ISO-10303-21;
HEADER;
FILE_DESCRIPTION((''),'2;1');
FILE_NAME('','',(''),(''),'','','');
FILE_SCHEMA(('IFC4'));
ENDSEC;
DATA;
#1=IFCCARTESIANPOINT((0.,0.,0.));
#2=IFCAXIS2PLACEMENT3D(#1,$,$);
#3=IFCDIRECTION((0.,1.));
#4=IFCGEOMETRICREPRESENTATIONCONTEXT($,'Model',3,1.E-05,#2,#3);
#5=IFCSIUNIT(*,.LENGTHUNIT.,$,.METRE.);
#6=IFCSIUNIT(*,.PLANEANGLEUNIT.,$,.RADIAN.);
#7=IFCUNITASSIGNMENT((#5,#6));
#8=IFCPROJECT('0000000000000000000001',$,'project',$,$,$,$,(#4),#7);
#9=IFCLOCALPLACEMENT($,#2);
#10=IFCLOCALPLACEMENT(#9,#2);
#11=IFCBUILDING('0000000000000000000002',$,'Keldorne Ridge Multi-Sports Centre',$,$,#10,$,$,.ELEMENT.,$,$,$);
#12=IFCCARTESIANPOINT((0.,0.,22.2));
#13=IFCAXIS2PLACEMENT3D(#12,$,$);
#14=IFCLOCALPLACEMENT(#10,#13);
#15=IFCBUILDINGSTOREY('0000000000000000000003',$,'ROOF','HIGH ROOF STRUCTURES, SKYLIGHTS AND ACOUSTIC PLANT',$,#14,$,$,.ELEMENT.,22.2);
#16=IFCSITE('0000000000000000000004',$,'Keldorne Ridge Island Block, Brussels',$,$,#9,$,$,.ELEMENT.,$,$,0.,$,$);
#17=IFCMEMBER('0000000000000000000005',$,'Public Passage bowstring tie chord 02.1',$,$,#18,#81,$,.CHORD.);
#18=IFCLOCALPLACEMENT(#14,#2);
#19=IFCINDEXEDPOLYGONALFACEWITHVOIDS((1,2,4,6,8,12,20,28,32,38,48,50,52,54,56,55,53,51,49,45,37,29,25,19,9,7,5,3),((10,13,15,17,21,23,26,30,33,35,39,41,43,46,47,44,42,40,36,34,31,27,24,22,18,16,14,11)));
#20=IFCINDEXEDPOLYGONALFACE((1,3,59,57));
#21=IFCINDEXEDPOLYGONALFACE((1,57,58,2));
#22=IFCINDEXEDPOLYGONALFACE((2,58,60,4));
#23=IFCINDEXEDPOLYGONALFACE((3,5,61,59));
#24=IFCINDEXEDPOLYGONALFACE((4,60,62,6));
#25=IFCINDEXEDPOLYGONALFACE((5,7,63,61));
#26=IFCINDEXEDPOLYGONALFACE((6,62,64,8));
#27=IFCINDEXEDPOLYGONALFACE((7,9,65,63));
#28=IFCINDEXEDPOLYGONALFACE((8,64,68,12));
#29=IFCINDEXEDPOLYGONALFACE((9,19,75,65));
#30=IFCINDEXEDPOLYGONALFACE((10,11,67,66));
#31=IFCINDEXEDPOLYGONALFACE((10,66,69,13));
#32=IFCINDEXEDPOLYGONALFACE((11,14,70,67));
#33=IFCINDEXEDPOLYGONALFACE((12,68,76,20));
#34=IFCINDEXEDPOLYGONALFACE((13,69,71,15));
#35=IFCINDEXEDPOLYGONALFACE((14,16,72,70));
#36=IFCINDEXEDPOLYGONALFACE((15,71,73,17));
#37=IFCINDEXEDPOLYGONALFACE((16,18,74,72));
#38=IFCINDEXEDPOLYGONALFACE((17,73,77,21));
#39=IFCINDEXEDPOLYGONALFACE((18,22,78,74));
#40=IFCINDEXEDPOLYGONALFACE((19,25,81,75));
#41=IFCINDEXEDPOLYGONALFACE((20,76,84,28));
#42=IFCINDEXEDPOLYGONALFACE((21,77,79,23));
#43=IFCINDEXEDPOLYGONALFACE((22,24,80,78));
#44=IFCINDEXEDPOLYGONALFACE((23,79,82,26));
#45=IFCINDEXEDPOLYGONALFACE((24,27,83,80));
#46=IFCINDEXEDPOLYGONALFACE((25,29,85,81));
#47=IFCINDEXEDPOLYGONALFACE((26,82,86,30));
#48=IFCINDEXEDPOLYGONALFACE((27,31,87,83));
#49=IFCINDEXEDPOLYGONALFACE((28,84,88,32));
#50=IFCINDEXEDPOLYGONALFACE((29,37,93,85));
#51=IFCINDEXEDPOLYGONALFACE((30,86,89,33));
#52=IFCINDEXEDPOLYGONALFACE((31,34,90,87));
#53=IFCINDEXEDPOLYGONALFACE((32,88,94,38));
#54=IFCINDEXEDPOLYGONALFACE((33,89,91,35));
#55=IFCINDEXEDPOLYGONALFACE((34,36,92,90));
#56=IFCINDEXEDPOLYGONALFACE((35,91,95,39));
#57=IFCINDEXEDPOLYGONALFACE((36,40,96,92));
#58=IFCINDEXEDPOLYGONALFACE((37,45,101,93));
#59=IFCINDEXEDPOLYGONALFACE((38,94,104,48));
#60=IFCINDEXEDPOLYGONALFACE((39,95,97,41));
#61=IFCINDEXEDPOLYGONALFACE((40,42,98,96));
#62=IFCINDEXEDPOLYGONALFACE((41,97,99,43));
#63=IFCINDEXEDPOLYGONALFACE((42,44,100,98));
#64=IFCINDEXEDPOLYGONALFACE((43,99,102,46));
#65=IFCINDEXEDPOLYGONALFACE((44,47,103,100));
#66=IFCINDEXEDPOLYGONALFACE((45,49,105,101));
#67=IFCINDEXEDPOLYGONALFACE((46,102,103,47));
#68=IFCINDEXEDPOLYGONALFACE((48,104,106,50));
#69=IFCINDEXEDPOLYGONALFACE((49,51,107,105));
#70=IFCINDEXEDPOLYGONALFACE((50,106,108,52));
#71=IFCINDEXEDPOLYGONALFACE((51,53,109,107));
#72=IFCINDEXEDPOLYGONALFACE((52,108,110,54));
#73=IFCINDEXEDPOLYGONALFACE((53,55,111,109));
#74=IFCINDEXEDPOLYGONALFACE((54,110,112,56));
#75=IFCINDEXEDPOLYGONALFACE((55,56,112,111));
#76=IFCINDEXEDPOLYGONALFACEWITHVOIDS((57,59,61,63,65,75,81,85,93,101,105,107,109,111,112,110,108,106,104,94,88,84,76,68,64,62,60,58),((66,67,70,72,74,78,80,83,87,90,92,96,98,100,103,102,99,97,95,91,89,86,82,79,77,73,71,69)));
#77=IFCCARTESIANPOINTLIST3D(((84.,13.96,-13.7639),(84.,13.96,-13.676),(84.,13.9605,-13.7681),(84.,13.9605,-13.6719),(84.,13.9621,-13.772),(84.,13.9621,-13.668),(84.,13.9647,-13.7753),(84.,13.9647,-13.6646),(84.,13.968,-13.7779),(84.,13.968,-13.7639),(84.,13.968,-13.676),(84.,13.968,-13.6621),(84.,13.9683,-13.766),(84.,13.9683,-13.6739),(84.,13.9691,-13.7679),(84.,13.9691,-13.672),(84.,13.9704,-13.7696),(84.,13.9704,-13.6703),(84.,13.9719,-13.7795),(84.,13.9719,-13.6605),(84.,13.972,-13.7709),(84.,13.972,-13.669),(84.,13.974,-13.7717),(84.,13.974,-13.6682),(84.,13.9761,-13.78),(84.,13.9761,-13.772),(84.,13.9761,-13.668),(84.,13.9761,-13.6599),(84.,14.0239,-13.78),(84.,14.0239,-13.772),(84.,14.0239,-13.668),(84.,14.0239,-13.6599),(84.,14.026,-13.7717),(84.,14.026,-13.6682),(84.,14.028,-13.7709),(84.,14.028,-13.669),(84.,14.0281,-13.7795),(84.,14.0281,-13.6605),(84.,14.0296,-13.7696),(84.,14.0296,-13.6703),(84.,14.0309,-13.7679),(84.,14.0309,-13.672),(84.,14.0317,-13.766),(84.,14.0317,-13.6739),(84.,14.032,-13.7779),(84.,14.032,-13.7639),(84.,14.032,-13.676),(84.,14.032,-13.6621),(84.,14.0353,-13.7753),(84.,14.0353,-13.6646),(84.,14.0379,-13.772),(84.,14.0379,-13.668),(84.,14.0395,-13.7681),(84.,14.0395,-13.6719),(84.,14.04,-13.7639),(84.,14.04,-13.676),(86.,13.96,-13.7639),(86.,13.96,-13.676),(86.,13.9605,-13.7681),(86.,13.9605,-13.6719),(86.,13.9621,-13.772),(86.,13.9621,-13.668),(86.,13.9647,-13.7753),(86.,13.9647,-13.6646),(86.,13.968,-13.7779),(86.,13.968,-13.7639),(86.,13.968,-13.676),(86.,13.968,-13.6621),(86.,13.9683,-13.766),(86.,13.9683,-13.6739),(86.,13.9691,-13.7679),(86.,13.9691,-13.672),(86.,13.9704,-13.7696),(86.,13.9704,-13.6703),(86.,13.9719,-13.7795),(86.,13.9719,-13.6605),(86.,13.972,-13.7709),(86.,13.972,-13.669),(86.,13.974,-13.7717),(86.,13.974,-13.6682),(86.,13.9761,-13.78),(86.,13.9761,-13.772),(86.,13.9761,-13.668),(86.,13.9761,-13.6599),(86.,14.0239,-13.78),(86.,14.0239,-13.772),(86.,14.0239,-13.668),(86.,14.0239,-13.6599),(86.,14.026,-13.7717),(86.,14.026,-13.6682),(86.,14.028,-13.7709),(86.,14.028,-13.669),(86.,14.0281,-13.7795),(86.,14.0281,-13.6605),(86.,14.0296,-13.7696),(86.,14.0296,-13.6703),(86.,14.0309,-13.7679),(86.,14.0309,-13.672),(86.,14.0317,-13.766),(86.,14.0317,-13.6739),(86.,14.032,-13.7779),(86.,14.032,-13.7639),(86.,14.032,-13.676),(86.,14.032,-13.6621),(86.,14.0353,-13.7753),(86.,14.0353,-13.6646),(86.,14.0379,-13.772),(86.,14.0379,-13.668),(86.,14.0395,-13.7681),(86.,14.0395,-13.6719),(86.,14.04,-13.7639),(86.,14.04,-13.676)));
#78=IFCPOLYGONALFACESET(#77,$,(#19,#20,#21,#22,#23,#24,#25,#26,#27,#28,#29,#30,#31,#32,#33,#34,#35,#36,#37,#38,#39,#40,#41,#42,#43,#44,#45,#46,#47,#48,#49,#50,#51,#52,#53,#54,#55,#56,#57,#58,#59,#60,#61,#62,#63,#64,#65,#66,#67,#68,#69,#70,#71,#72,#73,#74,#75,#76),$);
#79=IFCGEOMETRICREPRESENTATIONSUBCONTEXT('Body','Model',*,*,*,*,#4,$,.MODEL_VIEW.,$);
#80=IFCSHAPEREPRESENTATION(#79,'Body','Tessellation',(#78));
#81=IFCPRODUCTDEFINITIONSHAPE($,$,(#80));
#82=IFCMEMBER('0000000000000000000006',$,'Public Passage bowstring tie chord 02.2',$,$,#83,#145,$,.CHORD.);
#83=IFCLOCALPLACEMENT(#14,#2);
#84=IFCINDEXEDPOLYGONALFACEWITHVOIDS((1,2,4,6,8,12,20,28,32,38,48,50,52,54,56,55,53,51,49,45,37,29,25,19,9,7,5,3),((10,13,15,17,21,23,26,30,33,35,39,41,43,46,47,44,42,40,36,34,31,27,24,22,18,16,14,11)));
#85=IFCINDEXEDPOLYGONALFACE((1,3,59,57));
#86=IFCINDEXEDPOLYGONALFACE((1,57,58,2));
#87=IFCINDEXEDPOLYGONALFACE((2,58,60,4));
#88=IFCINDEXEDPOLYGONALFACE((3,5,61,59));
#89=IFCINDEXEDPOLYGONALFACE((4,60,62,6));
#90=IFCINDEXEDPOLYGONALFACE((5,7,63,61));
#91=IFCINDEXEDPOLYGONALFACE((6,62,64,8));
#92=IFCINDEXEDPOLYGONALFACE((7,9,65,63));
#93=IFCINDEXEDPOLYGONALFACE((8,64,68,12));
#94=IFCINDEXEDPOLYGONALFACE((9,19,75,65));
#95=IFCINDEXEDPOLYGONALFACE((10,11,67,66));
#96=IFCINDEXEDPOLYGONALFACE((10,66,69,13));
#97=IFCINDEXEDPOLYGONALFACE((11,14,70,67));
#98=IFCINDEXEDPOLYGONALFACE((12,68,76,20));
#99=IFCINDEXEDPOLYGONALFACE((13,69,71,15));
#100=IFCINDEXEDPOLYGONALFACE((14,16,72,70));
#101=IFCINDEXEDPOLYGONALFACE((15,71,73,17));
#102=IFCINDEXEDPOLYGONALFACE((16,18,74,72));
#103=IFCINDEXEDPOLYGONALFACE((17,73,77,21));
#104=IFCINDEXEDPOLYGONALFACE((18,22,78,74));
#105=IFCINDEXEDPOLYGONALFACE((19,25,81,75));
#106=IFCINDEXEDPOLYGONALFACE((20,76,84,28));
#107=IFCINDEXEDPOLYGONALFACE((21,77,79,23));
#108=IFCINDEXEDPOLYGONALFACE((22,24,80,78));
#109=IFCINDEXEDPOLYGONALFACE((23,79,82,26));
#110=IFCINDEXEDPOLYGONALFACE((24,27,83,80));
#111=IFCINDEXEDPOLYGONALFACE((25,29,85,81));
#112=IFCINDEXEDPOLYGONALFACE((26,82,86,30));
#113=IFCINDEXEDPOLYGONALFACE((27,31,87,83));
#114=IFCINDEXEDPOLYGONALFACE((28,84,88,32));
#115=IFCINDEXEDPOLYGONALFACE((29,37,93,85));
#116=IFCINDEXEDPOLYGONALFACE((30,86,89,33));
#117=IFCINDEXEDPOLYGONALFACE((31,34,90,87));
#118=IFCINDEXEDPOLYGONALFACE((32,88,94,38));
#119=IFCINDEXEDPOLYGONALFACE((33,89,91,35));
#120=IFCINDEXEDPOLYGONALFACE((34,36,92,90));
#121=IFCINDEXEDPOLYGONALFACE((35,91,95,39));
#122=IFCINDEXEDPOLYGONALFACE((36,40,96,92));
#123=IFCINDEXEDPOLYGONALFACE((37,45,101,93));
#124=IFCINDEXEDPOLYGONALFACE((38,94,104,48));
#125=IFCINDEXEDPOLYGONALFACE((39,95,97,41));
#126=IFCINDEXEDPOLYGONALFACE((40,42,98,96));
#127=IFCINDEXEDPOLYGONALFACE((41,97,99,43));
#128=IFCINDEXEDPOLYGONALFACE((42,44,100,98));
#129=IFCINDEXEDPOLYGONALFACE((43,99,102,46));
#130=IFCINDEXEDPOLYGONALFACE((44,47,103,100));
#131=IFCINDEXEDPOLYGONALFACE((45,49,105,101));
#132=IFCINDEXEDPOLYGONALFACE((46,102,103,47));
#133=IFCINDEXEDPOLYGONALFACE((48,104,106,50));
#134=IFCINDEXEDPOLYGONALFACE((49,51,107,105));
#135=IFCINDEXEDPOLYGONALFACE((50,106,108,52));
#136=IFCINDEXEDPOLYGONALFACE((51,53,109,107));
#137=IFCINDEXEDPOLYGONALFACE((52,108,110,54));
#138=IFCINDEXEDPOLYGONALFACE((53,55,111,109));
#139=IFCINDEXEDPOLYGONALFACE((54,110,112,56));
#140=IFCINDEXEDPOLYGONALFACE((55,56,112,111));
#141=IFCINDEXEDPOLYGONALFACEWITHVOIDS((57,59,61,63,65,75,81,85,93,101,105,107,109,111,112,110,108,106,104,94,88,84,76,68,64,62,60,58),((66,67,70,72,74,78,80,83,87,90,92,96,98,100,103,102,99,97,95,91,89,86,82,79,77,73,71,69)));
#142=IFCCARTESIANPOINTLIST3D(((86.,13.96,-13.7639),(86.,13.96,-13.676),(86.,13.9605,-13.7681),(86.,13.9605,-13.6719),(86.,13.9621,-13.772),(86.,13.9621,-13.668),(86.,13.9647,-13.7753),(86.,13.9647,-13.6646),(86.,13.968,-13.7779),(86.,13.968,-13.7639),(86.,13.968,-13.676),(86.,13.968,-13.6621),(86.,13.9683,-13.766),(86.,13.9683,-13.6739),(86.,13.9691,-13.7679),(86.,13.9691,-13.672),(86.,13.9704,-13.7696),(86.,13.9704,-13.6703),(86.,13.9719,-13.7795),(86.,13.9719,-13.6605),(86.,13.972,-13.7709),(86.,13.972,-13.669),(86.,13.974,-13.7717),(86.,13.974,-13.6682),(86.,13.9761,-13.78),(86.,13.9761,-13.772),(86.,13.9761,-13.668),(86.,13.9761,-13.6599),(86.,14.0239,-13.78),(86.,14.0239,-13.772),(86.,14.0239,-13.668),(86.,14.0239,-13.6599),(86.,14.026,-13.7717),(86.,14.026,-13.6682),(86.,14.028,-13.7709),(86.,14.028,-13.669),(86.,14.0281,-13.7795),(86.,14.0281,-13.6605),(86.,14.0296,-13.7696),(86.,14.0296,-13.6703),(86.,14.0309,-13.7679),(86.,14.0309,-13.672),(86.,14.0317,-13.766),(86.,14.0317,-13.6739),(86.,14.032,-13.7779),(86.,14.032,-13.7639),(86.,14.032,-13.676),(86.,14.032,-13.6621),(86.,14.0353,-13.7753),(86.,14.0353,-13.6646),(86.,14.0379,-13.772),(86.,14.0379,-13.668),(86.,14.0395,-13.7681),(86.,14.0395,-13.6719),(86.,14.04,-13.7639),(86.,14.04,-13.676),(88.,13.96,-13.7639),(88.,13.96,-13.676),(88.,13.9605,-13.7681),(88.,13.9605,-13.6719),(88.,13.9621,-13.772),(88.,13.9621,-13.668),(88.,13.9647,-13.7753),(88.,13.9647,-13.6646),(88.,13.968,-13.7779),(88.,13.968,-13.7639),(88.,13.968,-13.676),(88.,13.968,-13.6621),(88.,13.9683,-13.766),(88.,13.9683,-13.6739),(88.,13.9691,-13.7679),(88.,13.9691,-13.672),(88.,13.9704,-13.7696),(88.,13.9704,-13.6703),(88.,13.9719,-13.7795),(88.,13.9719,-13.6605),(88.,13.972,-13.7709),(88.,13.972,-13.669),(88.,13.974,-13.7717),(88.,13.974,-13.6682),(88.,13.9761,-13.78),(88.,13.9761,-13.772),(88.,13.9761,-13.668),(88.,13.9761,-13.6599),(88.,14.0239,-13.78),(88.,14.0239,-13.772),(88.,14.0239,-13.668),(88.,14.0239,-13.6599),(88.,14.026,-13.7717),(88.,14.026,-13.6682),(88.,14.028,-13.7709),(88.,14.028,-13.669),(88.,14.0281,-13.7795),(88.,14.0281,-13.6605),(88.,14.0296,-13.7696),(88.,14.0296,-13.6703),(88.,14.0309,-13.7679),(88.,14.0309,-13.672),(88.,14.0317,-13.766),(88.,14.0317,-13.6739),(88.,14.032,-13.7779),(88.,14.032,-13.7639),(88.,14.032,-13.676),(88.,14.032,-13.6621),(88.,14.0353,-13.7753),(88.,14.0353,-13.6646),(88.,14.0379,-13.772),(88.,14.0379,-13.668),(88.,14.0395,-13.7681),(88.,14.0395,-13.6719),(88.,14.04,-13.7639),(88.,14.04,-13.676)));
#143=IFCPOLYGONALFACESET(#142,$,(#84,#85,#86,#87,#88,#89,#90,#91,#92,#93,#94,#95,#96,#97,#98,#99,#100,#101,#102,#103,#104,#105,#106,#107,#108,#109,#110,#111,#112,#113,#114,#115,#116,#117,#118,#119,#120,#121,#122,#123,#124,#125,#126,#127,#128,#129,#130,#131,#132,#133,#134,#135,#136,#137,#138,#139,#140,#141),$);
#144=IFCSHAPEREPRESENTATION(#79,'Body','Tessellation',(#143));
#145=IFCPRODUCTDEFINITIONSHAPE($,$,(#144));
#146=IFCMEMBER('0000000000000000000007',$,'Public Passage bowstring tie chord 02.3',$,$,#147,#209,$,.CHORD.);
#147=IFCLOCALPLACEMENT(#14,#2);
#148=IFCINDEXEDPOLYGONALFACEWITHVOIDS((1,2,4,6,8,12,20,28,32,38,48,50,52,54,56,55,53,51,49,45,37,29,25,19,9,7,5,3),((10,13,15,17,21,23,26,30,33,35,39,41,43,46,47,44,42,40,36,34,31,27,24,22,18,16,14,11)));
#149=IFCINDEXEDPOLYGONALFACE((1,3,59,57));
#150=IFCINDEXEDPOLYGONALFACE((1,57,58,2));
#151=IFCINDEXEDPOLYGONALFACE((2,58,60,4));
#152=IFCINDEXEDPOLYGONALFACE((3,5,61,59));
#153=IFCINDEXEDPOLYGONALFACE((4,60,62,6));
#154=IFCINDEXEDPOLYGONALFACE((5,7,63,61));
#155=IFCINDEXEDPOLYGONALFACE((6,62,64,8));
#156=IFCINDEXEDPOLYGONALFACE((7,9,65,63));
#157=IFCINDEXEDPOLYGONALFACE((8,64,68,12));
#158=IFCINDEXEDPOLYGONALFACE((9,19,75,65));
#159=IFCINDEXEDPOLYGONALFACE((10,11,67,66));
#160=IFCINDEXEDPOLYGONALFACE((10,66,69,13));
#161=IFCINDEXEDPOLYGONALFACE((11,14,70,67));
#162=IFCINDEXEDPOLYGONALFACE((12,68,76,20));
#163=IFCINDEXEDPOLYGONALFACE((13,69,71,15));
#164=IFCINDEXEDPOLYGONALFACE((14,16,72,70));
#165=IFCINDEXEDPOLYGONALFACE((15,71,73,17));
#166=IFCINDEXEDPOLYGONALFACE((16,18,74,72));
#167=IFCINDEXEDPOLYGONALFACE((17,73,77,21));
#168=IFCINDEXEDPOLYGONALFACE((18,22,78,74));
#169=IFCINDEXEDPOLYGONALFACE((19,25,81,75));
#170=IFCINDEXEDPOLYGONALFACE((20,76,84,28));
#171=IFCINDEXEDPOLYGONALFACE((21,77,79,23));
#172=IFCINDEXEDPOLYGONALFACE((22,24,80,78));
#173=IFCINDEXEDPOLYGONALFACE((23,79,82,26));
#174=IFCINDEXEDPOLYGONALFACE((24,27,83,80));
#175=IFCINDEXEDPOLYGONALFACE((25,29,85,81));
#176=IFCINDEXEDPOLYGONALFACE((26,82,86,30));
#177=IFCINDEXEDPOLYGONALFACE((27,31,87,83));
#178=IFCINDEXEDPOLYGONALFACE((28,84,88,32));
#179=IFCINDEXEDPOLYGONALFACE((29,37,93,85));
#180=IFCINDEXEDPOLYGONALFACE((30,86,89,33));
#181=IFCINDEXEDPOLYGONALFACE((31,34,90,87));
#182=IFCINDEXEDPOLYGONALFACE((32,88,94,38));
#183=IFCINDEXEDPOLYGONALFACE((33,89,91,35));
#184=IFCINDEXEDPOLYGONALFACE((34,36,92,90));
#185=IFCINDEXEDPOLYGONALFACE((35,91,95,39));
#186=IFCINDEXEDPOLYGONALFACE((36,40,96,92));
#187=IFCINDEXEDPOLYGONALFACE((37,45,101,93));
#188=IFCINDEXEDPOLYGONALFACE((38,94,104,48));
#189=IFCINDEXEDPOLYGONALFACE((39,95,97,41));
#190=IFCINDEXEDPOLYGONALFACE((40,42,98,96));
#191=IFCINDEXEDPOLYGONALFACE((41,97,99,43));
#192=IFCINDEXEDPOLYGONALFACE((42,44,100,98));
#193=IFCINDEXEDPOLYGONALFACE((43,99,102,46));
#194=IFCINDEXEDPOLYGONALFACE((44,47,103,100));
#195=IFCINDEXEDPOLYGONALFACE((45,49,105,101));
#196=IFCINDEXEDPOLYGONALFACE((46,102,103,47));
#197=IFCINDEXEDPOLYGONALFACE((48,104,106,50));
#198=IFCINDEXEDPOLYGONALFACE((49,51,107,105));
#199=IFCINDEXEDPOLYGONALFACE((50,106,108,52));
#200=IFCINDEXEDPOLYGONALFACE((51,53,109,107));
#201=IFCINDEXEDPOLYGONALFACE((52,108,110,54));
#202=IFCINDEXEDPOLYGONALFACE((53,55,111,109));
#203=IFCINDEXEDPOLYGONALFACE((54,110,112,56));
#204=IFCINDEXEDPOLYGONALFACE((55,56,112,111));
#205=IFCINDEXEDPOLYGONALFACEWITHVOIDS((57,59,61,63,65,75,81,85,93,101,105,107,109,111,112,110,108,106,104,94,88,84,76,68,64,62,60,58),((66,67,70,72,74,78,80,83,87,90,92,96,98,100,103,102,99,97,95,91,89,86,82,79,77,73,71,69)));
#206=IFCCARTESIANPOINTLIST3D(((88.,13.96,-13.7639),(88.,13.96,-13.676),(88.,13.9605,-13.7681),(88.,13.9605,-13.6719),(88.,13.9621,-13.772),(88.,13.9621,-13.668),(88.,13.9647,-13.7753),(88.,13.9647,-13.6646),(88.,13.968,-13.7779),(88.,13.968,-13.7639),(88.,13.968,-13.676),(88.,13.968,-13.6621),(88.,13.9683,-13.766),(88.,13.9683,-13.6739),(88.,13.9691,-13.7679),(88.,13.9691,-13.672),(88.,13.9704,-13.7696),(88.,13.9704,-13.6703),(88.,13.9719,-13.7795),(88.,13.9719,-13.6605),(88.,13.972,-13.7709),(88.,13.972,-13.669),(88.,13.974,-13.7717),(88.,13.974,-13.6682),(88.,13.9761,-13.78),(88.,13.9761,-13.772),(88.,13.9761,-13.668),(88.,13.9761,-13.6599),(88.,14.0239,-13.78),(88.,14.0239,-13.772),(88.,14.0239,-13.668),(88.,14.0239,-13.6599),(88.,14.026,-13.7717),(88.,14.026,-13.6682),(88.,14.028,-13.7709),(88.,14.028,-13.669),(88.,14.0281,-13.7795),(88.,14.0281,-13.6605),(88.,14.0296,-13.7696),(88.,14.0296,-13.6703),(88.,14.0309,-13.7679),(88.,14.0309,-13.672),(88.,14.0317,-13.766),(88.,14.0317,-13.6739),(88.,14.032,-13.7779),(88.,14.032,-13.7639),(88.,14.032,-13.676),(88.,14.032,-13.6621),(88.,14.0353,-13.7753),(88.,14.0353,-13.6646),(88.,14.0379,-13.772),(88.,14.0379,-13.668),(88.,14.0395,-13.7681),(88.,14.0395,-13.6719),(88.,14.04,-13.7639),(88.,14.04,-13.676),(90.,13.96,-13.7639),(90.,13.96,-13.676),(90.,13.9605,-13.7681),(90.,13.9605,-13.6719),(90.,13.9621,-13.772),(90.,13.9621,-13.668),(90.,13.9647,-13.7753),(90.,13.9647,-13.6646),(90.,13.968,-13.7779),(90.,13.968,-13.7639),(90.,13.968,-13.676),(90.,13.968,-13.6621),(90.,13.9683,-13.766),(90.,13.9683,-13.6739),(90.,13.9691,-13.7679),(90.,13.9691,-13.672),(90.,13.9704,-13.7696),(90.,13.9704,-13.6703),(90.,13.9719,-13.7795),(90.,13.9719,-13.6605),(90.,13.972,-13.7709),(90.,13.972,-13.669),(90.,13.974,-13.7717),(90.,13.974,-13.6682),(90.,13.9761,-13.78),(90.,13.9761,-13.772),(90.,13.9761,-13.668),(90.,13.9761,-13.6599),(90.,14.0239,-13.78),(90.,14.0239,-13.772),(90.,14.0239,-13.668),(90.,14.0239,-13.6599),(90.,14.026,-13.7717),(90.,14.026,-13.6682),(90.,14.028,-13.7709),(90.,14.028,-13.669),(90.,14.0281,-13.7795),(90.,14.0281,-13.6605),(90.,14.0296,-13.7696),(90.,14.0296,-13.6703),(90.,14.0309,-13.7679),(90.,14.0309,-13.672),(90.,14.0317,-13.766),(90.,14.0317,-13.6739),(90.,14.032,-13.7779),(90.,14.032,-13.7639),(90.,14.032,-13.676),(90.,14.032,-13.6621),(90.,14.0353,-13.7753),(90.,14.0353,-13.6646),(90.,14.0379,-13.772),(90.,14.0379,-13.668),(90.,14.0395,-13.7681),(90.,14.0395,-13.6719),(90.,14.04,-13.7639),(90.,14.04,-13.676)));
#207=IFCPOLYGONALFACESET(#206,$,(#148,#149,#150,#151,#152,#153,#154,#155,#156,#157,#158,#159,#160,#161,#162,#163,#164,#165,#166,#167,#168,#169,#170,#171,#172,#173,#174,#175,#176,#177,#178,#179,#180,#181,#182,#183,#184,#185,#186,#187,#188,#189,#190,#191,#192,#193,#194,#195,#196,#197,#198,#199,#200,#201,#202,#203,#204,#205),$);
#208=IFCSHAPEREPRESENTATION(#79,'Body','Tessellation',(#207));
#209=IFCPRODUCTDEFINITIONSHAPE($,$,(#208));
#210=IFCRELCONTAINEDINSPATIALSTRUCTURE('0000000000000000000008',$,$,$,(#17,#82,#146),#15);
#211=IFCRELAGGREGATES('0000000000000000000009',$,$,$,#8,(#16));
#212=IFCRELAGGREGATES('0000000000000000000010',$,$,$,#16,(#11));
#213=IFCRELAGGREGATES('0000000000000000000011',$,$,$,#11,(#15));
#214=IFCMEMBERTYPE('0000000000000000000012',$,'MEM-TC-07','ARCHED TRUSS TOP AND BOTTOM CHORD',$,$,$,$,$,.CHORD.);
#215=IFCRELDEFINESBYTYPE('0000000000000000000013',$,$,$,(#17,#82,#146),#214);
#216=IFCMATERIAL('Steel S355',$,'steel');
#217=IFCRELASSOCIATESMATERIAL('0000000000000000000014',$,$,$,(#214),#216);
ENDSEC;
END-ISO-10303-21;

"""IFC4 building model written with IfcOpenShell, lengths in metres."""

from ifc_helpers import new_model, si_unit, direction, frame, origin, origin_2d, place, context, subcontext, project, spatial, hollow_rectangle, extrude, material, material_profile, profile_set, type_object, element, save


model = new_model("IFC4")

# Units and contexts
model_context = context("Model", 3, precision=1e-05, world=origin(), true_north=direction((0.0, 1.0)))
body_context = subcontext(model_context, "Body", "Model", "MODEL_VIEW")
ifc_project = project(units=[si_unit("LENGTHUNIT", "METRE"), si_unit("PLANEANGLEUNIT", "RADIAN")], contexts=[model_context])

# Site, building, storey
site_placement = place(None, origin())
site = spatial("IfcSite", under=ifc_project, at=site_placement, Name="Keldorne Ridge Island Block, Brussels", CompositionType="ELEMENT", RefElevation=0.0)
building_placement = place(site_placement, origin())
building = spatial("IfcBuilding", under=site, at=building_placement, Name="Keldorne Ridge Multi-Sports Centre", CompositionType="ELEMENT")
storey_placement = place(building_placement, frame((0.0, 0.0, 22.2)))
storey = spatial("IfcBuildingStorey", under=building, at=storey_placement, Name="ROOF", Description="HIGH ROOF STRUCTURES, SKYLIGHTS AND ACOUSTIC PLANT", CompositionType="ELEMENT", Elevation=22.2)

# Members
ifc_material = material(Name="Steel S355", Category="steel")
ifc_material_profile_1 = material_profile(ifc_material, hollow_rectangle(XDim=0.0801, YDim=0.1201, WallThickness=0.0081, InnerFilletRadius=0.0081, OuterFilletRadius=0.0161, at=origin_2d()), Name="RHS 120x80x8")
ifc_profile_set_1 = profile_set([ifc_material_profile_1], Name="Steel S355")
member_type_1 = type_object("IfcMemberType", Name="MEM-TC-07", Description="ARCHED TRUSS TOP AND BOTTOM CHORD", PredefinedType="CHORD", material=ifc_profile_set_1)
for number, where, z_axis, x_axis, name in (
    (1, (84.0, 14.0, -13.72), (1.0, 0.0, 0.0), (0.0, 1.0, 0.0), "Public Passage bowstring tie chord 02.1"),
    (2, (86.0, 14.0, -13.72), (1.0, 0.0, 0.0), (0.0, 1.0, 0.0), "Public Passage bowstring tie chord 02.2"),
    (3, (88.0, 14.0, -13.72), (1.0, 0.0, 0.0), (0.0, 1.0, 0.0), "Public Passage bowstring tie chord 02.3"),
):
    element("IfcMember", number, at=place(storey_placement, frame(where, z_axis=z_axis, x_axis=x_axis)), inside=storey, type_object=member_type_1, Name=name, PredefinedType="CHORD", context=body_context, shape_type="SweptSolid", body=[
        extrude(hollow_rectangle(XDim=0.0801, YDim=0.1201, WallThickness=0.0081, InnerFilletRadius=0.0081, OuterFilletRadius=0.0161, at=origin_2d()), origin(), (0.0, 0.0, 1.0), 2.0),
    ])

save(model, "model.ifc")
